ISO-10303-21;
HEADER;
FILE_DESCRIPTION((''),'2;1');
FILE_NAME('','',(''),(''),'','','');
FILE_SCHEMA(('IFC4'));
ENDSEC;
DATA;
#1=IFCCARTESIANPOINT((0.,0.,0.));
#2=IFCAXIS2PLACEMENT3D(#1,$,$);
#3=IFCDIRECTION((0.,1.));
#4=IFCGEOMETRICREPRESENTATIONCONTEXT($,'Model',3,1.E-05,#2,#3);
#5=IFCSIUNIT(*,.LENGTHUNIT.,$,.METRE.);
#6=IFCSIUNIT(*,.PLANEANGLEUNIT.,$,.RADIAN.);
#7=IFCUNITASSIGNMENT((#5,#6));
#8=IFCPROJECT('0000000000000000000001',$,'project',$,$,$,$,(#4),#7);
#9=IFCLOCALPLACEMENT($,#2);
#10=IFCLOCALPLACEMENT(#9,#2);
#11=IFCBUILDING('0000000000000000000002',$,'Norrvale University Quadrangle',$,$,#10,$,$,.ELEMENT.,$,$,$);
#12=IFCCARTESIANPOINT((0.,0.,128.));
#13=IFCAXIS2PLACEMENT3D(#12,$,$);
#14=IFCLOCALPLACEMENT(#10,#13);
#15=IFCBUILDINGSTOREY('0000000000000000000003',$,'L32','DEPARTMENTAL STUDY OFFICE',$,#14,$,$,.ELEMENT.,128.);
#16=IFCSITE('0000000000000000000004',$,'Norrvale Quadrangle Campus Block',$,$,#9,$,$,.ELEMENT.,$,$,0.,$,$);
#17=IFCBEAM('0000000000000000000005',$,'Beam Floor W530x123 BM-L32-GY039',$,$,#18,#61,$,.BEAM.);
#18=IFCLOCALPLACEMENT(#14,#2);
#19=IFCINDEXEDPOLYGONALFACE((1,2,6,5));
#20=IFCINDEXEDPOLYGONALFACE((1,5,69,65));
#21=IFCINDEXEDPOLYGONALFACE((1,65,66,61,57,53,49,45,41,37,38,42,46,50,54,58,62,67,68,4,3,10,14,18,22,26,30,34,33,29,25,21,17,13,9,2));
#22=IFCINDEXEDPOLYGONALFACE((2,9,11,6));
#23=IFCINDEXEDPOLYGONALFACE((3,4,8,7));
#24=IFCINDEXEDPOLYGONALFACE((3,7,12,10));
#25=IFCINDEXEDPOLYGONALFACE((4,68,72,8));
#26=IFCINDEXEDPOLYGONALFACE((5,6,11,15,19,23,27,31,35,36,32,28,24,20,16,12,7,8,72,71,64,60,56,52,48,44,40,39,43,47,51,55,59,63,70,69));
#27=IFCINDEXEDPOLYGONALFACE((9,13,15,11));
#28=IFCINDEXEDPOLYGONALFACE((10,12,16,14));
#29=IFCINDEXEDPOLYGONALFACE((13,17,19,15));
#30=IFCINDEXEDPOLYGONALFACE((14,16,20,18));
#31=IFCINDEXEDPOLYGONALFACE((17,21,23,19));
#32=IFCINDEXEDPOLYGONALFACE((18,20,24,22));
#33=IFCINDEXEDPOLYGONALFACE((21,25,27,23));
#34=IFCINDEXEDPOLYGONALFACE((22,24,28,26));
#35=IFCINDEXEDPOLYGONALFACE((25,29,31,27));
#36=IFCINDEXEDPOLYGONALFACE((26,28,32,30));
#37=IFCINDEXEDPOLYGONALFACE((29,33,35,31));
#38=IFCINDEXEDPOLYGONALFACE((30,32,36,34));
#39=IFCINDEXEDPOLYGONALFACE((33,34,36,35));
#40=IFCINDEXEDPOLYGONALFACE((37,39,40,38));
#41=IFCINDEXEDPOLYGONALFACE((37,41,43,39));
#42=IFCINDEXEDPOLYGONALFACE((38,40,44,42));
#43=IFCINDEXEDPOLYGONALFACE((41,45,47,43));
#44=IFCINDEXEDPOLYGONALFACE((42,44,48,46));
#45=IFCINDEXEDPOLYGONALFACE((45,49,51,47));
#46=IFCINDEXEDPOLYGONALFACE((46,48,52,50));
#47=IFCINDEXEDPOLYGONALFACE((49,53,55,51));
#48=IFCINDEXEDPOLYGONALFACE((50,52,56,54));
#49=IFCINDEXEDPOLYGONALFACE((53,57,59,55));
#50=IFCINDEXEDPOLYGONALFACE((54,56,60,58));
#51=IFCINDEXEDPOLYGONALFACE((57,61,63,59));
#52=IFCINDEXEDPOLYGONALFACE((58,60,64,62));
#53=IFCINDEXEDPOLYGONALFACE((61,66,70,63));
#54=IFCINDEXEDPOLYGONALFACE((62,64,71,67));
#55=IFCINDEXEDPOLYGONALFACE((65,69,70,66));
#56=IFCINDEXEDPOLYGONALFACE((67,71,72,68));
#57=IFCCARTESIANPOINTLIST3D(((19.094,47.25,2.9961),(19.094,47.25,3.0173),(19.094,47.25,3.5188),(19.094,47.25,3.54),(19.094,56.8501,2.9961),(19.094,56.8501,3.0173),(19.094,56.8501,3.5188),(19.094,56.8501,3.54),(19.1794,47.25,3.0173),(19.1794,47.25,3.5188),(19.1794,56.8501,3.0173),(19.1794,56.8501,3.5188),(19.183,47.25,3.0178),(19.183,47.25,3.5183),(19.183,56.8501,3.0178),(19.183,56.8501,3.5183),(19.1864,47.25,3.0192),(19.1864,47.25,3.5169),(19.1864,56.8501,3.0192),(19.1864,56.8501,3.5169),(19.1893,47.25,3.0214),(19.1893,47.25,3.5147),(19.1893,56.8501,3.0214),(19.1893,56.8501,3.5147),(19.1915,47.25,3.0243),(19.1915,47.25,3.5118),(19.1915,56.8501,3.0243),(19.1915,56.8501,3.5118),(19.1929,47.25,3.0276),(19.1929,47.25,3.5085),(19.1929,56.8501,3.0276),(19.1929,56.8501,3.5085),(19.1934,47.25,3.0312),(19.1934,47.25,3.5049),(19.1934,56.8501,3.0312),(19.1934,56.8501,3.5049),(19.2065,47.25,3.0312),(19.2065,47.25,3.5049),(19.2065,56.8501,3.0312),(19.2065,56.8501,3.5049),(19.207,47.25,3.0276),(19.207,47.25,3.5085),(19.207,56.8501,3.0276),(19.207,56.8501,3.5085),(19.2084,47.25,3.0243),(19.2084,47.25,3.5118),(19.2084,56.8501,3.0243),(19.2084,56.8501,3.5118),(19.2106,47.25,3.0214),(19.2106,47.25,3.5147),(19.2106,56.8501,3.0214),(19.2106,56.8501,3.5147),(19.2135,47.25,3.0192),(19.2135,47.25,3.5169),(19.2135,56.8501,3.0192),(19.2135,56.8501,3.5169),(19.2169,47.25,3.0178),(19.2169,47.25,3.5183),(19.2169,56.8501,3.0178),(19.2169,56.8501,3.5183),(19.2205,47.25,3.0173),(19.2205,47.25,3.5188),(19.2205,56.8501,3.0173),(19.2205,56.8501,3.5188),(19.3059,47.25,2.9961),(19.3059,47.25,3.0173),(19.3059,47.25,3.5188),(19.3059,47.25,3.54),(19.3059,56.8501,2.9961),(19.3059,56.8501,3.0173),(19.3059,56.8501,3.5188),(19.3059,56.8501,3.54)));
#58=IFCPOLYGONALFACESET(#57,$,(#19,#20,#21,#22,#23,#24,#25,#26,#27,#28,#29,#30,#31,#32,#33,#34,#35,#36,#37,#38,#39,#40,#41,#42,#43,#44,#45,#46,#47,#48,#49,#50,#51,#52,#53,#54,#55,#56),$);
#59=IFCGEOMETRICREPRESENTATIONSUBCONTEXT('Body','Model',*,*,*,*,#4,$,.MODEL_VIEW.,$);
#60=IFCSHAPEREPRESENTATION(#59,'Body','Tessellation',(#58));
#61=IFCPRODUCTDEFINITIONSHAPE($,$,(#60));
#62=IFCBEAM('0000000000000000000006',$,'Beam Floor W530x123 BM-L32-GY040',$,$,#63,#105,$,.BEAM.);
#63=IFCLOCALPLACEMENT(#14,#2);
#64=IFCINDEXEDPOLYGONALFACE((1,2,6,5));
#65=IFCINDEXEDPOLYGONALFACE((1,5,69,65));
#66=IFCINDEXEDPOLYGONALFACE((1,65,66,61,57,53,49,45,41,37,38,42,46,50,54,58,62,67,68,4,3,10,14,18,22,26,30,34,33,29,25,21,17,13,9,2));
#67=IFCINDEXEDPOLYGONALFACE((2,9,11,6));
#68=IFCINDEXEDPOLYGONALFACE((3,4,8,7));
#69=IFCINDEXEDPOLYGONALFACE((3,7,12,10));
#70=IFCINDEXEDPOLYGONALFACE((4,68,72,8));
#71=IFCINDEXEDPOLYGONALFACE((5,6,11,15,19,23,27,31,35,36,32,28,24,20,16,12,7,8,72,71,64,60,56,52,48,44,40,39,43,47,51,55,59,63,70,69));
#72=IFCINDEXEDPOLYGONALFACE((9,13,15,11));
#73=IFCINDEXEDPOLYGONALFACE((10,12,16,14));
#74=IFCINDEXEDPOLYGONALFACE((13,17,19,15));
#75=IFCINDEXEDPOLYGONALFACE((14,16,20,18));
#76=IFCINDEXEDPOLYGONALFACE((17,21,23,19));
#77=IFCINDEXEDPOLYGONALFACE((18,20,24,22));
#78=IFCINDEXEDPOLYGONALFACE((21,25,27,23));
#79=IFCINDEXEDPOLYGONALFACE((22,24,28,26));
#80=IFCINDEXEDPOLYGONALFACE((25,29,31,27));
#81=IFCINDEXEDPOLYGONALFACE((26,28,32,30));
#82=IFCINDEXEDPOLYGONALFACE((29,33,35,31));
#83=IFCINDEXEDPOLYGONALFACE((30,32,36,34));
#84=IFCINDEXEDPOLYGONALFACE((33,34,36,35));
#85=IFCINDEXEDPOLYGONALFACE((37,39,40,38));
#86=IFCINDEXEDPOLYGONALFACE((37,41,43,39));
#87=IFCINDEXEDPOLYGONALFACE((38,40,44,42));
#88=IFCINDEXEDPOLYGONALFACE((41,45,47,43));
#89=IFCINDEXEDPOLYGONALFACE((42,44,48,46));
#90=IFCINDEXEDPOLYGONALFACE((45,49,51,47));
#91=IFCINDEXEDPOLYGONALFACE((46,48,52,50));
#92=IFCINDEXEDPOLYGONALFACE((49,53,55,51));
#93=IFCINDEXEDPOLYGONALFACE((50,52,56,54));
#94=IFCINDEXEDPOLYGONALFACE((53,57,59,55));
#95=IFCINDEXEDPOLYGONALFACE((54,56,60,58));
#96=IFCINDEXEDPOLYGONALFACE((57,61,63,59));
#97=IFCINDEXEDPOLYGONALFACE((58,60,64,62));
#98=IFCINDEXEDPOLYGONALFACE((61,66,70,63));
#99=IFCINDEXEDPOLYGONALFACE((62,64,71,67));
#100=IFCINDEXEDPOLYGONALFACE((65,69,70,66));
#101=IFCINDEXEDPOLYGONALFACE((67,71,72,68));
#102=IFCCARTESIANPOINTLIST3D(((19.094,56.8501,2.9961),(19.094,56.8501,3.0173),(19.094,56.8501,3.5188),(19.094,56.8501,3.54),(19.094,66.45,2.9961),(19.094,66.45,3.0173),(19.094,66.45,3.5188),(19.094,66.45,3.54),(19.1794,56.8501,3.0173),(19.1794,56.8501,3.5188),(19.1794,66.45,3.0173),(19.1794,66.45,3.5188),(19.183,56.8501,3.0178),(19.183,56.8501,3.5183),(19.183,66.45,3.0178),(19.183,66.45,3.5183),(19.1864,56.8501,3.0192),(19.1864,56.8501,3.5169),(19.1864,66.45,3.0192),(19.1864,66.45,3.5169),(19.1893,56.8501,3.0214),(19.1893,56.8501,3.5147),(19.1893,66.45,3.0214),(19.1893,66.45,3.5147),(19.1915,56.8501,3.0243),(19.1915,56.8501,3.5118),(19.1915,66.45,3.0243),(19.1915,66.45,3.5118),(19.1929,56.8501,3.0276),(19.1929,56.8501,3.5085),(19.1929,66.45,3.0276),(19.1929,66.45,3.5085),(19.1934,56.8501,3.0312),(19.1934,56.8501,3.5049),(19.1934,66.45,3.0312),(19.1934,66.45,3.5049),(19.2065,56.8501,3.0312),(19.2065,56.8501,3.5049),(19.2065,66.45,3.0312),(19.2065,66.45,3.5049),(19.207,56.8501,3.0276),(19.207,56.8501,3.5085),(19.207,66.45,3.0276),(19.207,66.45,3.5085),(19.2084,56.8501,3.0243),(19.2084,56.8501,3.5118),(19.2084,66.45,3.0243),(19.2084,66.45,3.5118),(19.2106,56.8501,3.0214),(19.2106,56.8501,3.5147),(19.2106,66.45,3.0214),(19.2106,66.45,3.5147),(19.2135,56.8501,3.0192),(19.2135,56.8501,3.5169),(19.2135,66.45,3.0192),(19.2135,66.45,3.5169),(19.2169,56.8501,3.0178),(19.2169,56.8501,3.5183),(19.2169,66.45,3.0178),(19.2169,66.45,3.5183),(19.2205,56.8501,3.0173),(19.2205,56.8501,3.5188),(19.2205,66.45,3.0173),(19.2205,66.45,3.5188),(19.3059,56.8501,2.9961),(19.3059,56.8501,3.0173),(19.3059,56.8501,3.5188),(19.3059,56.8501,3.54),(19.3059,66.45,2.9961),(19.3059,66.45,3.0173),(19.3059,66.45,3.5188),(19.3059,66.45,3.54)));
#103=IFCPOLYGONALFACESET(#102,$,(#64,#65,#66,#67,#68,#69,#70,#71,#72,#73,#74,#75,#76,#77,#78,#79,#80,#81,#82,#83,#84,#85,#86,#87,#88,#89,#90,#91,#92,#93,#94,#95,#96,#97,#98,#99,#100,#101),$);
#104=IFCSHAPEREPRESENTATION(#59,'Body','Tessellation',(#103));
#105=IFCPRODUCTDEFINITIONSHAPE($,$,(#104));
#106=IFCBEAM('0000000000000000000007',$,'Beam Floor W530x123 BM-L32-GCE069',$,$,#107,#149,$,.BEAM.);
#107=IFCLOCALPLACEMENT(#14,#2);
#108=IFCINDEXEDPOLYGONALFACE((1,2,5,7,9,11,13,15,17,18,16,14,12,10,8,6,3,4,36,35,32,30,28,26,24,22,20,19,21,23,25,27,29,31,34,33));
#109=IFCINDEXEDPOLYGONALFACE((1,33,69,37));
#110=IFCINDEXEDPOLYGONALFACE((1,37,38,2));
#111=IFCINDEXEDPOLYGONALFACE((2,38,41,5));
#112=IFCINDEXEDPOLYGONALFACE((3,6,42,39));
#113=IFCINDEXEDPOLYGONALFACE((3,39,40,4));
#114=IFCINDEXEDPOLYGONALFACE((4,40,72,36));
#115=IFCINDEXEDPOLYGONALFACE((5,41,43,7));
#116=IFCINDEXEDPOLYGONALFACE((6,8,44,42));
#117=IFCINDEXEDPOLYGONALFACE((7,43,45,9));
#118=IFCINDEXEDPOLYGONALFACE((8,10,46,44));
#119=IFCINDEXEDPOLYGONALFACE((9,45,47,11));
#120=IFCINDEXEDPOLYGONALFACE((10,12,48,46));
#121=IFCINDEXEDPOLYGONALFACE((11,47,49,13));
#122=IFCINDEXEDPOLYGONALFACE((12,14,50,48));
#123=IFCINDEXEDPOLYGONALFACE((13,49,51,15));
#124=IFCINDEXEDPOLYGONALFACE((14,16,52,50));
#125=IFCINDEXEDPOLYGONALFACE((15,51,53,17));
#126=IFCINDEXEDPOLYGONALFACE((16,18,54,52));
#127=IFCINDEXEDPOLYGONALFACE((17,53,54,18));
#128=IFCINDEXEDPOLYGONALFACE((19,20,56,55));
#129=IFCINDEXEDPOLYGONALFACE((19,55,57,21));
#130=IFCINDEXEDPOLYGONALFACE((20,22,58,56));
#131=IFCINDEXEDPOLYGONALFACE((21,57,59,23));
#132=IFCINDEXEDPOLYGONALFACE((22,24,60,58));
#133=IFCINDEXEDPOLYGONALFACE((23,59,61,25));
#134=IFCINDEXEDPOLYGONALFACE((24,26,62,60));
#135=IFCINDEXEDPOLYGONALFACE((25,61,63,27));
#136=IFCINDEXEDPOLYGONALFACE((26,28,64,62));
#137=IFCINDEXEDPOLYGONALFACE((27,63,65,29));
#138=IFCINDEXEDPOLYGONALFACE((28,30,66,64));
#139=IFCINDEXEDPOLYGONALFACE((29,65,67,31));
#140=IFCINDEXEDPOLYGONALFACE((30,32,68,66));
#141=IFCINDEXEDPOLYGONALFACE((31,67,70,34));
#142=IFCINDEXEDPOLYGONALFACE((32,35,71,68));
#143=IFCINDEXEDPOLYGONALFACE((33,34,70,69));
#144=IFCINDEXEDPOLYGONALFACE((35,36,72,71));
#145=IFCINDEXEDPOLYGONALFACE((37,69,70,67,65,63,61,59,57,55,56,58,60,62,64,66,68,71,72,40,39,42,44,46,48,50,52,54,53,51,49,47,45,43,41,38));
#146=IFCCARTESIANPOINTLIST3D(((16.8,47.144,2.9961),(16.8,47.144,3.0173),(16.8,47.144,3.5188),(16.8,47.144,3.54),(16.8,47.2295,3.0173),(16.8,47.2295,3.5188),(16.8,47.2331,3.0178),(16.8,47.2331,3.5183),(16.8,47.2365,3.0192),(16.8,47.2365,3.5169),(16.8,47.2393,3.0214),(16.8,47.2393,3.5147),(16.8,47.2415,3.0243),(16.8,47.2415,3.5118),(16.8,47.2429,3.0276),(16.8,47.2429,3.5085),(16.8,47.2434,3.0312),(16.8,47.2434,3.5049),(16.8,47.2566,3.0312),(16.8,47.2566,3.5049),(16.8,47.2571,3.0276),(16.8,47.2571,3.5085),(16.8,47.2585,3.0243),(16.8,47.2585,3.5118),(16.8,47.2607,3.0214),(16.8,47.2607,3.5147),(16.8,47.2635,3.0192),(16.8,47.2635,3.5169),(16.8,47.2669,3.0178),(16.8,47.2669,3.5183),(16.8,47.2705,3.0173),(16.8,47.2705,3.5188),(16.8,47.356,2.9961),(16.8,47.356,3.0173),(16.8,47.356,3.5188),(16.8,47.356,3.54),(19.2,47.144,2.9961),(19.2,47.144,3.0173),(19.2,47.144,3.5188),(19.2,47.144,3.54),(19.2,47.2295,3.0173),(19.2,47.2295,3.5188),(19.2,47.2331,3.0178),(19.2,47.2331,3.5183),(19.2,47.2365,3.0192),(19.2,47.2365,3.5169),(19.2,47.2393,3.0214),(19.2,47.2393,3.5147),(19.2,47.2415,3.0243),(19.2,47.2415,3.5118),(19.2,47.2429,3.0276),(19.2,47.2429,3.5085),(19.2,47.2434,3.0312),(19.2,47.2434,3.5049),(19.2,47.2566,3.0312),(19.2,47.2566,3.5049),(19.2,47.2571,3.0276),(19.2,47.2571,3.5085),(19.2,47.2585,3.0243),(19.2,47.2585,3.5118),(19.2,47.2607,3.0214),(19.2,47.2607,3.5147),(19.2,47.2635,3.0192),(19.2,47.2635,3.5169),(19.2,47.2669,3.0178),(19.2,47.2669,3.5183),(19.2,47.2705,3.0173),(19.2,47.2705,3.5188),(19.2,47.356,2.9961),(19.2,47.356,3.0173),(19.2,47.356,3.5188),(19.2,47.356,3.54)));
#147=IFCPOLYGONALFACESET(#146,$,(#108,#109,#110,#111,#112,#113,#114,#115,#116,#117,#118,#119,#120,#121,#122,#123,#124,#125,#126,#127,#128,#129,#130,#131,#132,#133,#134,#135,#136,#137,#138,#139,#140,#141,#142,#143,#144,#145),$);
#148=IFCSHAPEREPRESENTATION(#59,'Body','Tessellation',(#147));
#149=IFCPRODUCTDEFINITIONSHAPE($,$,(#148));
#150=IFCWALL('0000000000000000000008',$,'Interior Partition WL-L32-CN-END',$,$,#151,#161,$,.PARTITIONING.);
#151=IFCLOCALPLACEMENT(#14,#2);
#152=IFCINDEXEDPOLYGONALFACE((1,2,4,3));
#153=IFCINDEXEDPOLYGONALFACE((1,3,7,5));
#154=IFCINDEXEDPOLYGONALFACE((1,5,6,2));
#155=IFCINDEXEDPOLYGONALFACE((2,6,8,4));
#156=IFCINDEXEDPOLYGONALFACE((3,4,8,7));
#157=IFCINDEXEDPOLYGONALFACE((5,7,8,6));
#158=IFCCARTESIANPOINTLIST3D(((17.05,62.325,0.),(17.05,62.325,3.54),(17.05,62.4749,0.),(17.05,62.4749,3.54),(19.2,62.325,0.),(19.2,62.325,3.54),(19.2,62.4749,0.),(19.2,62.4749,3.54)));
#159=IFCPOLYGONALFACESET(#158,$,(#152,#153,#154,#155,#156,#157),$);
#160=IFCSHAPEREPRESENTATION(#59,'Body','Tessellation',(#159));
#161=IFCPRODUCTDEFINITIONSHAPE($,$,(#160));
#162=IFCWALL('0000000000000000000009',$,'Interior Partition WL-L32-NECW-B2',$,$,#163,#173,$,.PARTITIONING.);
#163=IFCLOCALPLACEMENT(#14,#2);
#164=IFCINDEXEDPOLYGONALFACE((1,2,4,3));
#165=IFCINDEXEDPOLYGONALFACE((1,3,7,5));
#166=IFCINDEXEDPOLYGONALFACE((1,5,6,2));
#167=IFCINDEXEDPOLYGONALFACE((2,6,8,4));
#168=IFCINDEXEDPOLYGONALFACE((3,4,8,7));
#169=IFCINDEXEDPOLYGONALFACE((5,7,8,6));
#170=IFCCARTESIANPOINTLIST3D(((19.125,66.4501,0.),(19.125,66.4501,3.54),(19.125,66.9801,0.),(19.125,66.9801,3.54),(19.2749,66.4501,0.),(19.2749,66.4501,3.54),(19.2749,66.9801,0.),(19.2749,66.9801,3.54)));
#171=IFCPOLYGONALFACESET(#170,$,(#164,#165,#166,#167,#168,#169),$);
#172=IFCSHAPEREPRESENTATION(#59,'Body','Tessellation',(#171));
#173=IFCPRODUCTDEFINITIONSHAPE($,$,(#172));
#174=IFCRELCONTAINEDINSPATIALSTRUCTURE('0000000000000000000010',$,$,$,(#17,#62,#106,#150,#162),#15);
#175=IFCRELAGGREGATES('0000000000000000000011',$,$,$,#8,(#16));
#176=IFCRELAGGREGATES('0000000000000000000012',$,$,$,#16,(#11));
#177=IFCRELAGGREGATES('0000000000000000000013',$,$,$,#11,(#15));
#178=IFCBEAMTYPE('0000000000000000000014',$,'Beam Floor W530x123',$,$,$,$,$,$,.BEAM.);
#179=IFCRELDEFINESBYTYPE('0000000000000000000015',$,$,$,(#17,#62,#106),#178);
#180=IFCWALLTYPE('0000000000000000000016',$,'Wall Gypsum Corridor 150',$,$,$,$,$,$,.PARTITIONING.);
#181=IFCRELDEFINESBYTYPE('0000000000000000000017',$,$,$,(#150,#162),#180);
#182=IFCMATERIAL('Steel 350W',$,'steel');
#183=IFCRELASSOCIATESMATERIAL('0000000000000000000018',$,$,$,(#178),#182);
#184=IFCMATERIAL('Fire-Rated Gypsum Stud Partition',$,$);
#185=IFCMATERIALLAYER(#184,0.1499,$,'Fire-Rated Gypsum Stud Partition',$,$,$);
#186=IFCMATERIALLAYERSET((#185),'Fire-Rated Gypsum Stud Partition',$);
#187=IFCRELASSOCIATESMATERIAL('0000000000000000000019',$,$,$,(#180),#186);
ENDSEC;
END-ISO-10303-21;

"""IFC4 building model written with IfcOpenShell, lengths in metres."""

from ifc_helpers import new_model, si_unit, direction, frame, frame_2d, origin, origin_2d, place, context, subcontext, project, spatial, rectangle, i_section, extrude, material, layer, layer_set, material_profile, profile_set, type_object, element, save


model = new_model("IFC4")

# Units and contexts
model_context = context("Model", 3, precision=1e-05, world=origin(), true_north=direction((0.0, 1.0)))
body_context = subcontext(model_context, "Body", "Model", "MODEL_VIEW")
ifc_project = project(units=[si_unit("LENGTHUNIT", "METRE"), si_unit("PLANEANGLEUNIT", "RADIAN")], contexts=[model_context])

# Site, building, storey
site_placement = place(None, origin())
site = spatial("IfcSite", under=ifc_project, at=site_placement, Name="Norrvale Quadrangle Campus Block", CompositionType="ELEMENT", RefElevation=0.0)
building_placement = place(site_placement, origin())
building = spatial("IfcBuilding", under=site, at=building_placement, Name="Norrvale University Quadrangle", CompositionType="ELEMENT")
storey_placement = place(building_placement, frame((0.0, 0.0, 128.0)))
storey = spatial("IfcBuildingStorey", under=building, at=storey_placement, Name="L32", Description="DEPARTMENTAL STUDY OFFICE", CompositionType="ELEMENT", Elevation=128.0)

# Beams
ifc_material_1 = material(Name="Steel 350W", Category="steel")
ifc_material_profile_1 = material_profile(ifc_material_1, i_section(OverallWidth=0.2119, OverallDepth=0.5439, WebThickness=0.0132, FlangeThickness=0.0212, FilletRadius=0.0139, at=origin_2d()), Name="Steel 350W")
ifc_profile_set_1 = profile_set([ifc_material_profile_1], Name="Steel 350W")
beam_type_1 = type_object("IfcBeamType", Name="Beam Floor W530x123", PredefinedType="BEAM", material=ifc_profile_set_1)
for number, where, z_axis, x_axis, name in (
    (1, (19.2, 47.25, 3.2681), (0.0, 1.0, 0.0), (-1.0, 0.0, 0.0), "Beam Floor W530x123 BM-L32-GY039"),
):
    element("IfcBeam", number, at=place(storey_placement, frame(where, z_axis=z_axis, x_axis=x_axis)), inside=storey, type_object=beam_type_1, Name=name, PredefinedType="BEAM", context=body_context, shape_type="SweptSolid", body=[
        extrude(i_section(OverallWidth=0.2119, OverallDepth=0.5439, WebThickness=0.0132, FlangeThickness=0.0212, FilletRadius=0.0139, at=origin_2d()), origin(), (0.0, 0.0, 1.0), 9.6001),
    ])
beam_1_placement = place(storey_placement, frame((19.2, 56.8501, 3.2681), z_axis=(0.0, 1.0, 0.0), x_axis=(-1.0, 0.0, 0.0)))
element("IfcBeam", 2, at=beam_1_placement, inside=storey, type_object=beam_type_1, Name="Beam Floor W530x123 BM-L32-GY040", PredefinedType="BEAM", context=body_context, shape_type="SweptSolid", body=[
    extrude(i_section(OverallWidth=0.2119, OverallDepth=0.5439, WebThickness=0.0132, FlangeThickness=0.0212, FilletRadius=0.0139, at=origin_2d()), origin(), (0.0, 0.0, 1.0), 9.5999),
])
beam_2_placement = place(storey_placement, frame((16.8, 47.25, 3.2681), z_axis=(1.0, 0.0, 0.0), x_axis=(0.0, 1.0, 0.0)))
element("IfcBeam", 3, at=beam_2_placement, inside=storey, type_object=beam_type_1, Name="Beam Floor W530x123 BM-L32-GCE069", PredefinedType="BEAM", context=body_context, shape_type="SweptSolid", body=[
    extrude(i_section(OverallWidth=0.2119, OverallDepth=0.5439, WebThickness=0.0132, FlangeThickness=0.0212, FilletRadius=0.0139, at=origin_2d()), origin(), (0.0, 0.0, 1.0), 2.3999),
])

# Walls
ifc_material_2 = material(Name="Fire-Rated Gypsum Stud Partition")
ifc_layer = layer(ifc_material_2, 0.1499, Name="Fire-Rated Gypsum Stud Partition")
ifc_layer_set = layer_set([ifc_layer], Name="Fire-Rated Gypsum Stud Partition")
wall_type = type_object("IfcWallType", Name="Wall Gypsum Corridor 150", PredefinedType="PARTITIONING", material=ifc_layer_set)
wall_1_placement = place(storey_placement, frame((17.05, 62.3999, 0.0), z_axis=(0.0, 0.0, 1.0), x_axis=(1.0, 0.0, 0.0)))
element("IfcWall", 4, at=wall_1_placement, inside=storey, type_object=wall_type, Name="Interior Partition WL-L32-CN-END", PredefinedType="PARTITIONING", context=body_context, shape_type="SweptSolid", body=[
    extrude(rectangle(XDim=2.1499, YDim=0.1499, at=frame_2d((1.075, 0.0))), origin(), (0.0, 0.0, 1.0), 3.54),
])
wall_2_placement = place(storey_placement, frame((19.2, 66.45, 0.0), z_axis=(0.0, 0.0, 1.0), x_axis=(0.0, 1.0, 0.0)))
element("IfcWall", 5, at=wall_2_placement, inside=storey, type_object=wall_type, Name="Interior Partition WL-L32-NECW-B2", PredefinedType="PARTITIONING", context=body_context, shape_type="SweptSolid", body=[
    extrude(rectangle(XDim=0.53, YDim=0.1499, at=frame_2d((0.2651, 0.0))), origin(), (0.0, 0.0, 1.0), 3.54),
])

save(model, "model.ifc")
